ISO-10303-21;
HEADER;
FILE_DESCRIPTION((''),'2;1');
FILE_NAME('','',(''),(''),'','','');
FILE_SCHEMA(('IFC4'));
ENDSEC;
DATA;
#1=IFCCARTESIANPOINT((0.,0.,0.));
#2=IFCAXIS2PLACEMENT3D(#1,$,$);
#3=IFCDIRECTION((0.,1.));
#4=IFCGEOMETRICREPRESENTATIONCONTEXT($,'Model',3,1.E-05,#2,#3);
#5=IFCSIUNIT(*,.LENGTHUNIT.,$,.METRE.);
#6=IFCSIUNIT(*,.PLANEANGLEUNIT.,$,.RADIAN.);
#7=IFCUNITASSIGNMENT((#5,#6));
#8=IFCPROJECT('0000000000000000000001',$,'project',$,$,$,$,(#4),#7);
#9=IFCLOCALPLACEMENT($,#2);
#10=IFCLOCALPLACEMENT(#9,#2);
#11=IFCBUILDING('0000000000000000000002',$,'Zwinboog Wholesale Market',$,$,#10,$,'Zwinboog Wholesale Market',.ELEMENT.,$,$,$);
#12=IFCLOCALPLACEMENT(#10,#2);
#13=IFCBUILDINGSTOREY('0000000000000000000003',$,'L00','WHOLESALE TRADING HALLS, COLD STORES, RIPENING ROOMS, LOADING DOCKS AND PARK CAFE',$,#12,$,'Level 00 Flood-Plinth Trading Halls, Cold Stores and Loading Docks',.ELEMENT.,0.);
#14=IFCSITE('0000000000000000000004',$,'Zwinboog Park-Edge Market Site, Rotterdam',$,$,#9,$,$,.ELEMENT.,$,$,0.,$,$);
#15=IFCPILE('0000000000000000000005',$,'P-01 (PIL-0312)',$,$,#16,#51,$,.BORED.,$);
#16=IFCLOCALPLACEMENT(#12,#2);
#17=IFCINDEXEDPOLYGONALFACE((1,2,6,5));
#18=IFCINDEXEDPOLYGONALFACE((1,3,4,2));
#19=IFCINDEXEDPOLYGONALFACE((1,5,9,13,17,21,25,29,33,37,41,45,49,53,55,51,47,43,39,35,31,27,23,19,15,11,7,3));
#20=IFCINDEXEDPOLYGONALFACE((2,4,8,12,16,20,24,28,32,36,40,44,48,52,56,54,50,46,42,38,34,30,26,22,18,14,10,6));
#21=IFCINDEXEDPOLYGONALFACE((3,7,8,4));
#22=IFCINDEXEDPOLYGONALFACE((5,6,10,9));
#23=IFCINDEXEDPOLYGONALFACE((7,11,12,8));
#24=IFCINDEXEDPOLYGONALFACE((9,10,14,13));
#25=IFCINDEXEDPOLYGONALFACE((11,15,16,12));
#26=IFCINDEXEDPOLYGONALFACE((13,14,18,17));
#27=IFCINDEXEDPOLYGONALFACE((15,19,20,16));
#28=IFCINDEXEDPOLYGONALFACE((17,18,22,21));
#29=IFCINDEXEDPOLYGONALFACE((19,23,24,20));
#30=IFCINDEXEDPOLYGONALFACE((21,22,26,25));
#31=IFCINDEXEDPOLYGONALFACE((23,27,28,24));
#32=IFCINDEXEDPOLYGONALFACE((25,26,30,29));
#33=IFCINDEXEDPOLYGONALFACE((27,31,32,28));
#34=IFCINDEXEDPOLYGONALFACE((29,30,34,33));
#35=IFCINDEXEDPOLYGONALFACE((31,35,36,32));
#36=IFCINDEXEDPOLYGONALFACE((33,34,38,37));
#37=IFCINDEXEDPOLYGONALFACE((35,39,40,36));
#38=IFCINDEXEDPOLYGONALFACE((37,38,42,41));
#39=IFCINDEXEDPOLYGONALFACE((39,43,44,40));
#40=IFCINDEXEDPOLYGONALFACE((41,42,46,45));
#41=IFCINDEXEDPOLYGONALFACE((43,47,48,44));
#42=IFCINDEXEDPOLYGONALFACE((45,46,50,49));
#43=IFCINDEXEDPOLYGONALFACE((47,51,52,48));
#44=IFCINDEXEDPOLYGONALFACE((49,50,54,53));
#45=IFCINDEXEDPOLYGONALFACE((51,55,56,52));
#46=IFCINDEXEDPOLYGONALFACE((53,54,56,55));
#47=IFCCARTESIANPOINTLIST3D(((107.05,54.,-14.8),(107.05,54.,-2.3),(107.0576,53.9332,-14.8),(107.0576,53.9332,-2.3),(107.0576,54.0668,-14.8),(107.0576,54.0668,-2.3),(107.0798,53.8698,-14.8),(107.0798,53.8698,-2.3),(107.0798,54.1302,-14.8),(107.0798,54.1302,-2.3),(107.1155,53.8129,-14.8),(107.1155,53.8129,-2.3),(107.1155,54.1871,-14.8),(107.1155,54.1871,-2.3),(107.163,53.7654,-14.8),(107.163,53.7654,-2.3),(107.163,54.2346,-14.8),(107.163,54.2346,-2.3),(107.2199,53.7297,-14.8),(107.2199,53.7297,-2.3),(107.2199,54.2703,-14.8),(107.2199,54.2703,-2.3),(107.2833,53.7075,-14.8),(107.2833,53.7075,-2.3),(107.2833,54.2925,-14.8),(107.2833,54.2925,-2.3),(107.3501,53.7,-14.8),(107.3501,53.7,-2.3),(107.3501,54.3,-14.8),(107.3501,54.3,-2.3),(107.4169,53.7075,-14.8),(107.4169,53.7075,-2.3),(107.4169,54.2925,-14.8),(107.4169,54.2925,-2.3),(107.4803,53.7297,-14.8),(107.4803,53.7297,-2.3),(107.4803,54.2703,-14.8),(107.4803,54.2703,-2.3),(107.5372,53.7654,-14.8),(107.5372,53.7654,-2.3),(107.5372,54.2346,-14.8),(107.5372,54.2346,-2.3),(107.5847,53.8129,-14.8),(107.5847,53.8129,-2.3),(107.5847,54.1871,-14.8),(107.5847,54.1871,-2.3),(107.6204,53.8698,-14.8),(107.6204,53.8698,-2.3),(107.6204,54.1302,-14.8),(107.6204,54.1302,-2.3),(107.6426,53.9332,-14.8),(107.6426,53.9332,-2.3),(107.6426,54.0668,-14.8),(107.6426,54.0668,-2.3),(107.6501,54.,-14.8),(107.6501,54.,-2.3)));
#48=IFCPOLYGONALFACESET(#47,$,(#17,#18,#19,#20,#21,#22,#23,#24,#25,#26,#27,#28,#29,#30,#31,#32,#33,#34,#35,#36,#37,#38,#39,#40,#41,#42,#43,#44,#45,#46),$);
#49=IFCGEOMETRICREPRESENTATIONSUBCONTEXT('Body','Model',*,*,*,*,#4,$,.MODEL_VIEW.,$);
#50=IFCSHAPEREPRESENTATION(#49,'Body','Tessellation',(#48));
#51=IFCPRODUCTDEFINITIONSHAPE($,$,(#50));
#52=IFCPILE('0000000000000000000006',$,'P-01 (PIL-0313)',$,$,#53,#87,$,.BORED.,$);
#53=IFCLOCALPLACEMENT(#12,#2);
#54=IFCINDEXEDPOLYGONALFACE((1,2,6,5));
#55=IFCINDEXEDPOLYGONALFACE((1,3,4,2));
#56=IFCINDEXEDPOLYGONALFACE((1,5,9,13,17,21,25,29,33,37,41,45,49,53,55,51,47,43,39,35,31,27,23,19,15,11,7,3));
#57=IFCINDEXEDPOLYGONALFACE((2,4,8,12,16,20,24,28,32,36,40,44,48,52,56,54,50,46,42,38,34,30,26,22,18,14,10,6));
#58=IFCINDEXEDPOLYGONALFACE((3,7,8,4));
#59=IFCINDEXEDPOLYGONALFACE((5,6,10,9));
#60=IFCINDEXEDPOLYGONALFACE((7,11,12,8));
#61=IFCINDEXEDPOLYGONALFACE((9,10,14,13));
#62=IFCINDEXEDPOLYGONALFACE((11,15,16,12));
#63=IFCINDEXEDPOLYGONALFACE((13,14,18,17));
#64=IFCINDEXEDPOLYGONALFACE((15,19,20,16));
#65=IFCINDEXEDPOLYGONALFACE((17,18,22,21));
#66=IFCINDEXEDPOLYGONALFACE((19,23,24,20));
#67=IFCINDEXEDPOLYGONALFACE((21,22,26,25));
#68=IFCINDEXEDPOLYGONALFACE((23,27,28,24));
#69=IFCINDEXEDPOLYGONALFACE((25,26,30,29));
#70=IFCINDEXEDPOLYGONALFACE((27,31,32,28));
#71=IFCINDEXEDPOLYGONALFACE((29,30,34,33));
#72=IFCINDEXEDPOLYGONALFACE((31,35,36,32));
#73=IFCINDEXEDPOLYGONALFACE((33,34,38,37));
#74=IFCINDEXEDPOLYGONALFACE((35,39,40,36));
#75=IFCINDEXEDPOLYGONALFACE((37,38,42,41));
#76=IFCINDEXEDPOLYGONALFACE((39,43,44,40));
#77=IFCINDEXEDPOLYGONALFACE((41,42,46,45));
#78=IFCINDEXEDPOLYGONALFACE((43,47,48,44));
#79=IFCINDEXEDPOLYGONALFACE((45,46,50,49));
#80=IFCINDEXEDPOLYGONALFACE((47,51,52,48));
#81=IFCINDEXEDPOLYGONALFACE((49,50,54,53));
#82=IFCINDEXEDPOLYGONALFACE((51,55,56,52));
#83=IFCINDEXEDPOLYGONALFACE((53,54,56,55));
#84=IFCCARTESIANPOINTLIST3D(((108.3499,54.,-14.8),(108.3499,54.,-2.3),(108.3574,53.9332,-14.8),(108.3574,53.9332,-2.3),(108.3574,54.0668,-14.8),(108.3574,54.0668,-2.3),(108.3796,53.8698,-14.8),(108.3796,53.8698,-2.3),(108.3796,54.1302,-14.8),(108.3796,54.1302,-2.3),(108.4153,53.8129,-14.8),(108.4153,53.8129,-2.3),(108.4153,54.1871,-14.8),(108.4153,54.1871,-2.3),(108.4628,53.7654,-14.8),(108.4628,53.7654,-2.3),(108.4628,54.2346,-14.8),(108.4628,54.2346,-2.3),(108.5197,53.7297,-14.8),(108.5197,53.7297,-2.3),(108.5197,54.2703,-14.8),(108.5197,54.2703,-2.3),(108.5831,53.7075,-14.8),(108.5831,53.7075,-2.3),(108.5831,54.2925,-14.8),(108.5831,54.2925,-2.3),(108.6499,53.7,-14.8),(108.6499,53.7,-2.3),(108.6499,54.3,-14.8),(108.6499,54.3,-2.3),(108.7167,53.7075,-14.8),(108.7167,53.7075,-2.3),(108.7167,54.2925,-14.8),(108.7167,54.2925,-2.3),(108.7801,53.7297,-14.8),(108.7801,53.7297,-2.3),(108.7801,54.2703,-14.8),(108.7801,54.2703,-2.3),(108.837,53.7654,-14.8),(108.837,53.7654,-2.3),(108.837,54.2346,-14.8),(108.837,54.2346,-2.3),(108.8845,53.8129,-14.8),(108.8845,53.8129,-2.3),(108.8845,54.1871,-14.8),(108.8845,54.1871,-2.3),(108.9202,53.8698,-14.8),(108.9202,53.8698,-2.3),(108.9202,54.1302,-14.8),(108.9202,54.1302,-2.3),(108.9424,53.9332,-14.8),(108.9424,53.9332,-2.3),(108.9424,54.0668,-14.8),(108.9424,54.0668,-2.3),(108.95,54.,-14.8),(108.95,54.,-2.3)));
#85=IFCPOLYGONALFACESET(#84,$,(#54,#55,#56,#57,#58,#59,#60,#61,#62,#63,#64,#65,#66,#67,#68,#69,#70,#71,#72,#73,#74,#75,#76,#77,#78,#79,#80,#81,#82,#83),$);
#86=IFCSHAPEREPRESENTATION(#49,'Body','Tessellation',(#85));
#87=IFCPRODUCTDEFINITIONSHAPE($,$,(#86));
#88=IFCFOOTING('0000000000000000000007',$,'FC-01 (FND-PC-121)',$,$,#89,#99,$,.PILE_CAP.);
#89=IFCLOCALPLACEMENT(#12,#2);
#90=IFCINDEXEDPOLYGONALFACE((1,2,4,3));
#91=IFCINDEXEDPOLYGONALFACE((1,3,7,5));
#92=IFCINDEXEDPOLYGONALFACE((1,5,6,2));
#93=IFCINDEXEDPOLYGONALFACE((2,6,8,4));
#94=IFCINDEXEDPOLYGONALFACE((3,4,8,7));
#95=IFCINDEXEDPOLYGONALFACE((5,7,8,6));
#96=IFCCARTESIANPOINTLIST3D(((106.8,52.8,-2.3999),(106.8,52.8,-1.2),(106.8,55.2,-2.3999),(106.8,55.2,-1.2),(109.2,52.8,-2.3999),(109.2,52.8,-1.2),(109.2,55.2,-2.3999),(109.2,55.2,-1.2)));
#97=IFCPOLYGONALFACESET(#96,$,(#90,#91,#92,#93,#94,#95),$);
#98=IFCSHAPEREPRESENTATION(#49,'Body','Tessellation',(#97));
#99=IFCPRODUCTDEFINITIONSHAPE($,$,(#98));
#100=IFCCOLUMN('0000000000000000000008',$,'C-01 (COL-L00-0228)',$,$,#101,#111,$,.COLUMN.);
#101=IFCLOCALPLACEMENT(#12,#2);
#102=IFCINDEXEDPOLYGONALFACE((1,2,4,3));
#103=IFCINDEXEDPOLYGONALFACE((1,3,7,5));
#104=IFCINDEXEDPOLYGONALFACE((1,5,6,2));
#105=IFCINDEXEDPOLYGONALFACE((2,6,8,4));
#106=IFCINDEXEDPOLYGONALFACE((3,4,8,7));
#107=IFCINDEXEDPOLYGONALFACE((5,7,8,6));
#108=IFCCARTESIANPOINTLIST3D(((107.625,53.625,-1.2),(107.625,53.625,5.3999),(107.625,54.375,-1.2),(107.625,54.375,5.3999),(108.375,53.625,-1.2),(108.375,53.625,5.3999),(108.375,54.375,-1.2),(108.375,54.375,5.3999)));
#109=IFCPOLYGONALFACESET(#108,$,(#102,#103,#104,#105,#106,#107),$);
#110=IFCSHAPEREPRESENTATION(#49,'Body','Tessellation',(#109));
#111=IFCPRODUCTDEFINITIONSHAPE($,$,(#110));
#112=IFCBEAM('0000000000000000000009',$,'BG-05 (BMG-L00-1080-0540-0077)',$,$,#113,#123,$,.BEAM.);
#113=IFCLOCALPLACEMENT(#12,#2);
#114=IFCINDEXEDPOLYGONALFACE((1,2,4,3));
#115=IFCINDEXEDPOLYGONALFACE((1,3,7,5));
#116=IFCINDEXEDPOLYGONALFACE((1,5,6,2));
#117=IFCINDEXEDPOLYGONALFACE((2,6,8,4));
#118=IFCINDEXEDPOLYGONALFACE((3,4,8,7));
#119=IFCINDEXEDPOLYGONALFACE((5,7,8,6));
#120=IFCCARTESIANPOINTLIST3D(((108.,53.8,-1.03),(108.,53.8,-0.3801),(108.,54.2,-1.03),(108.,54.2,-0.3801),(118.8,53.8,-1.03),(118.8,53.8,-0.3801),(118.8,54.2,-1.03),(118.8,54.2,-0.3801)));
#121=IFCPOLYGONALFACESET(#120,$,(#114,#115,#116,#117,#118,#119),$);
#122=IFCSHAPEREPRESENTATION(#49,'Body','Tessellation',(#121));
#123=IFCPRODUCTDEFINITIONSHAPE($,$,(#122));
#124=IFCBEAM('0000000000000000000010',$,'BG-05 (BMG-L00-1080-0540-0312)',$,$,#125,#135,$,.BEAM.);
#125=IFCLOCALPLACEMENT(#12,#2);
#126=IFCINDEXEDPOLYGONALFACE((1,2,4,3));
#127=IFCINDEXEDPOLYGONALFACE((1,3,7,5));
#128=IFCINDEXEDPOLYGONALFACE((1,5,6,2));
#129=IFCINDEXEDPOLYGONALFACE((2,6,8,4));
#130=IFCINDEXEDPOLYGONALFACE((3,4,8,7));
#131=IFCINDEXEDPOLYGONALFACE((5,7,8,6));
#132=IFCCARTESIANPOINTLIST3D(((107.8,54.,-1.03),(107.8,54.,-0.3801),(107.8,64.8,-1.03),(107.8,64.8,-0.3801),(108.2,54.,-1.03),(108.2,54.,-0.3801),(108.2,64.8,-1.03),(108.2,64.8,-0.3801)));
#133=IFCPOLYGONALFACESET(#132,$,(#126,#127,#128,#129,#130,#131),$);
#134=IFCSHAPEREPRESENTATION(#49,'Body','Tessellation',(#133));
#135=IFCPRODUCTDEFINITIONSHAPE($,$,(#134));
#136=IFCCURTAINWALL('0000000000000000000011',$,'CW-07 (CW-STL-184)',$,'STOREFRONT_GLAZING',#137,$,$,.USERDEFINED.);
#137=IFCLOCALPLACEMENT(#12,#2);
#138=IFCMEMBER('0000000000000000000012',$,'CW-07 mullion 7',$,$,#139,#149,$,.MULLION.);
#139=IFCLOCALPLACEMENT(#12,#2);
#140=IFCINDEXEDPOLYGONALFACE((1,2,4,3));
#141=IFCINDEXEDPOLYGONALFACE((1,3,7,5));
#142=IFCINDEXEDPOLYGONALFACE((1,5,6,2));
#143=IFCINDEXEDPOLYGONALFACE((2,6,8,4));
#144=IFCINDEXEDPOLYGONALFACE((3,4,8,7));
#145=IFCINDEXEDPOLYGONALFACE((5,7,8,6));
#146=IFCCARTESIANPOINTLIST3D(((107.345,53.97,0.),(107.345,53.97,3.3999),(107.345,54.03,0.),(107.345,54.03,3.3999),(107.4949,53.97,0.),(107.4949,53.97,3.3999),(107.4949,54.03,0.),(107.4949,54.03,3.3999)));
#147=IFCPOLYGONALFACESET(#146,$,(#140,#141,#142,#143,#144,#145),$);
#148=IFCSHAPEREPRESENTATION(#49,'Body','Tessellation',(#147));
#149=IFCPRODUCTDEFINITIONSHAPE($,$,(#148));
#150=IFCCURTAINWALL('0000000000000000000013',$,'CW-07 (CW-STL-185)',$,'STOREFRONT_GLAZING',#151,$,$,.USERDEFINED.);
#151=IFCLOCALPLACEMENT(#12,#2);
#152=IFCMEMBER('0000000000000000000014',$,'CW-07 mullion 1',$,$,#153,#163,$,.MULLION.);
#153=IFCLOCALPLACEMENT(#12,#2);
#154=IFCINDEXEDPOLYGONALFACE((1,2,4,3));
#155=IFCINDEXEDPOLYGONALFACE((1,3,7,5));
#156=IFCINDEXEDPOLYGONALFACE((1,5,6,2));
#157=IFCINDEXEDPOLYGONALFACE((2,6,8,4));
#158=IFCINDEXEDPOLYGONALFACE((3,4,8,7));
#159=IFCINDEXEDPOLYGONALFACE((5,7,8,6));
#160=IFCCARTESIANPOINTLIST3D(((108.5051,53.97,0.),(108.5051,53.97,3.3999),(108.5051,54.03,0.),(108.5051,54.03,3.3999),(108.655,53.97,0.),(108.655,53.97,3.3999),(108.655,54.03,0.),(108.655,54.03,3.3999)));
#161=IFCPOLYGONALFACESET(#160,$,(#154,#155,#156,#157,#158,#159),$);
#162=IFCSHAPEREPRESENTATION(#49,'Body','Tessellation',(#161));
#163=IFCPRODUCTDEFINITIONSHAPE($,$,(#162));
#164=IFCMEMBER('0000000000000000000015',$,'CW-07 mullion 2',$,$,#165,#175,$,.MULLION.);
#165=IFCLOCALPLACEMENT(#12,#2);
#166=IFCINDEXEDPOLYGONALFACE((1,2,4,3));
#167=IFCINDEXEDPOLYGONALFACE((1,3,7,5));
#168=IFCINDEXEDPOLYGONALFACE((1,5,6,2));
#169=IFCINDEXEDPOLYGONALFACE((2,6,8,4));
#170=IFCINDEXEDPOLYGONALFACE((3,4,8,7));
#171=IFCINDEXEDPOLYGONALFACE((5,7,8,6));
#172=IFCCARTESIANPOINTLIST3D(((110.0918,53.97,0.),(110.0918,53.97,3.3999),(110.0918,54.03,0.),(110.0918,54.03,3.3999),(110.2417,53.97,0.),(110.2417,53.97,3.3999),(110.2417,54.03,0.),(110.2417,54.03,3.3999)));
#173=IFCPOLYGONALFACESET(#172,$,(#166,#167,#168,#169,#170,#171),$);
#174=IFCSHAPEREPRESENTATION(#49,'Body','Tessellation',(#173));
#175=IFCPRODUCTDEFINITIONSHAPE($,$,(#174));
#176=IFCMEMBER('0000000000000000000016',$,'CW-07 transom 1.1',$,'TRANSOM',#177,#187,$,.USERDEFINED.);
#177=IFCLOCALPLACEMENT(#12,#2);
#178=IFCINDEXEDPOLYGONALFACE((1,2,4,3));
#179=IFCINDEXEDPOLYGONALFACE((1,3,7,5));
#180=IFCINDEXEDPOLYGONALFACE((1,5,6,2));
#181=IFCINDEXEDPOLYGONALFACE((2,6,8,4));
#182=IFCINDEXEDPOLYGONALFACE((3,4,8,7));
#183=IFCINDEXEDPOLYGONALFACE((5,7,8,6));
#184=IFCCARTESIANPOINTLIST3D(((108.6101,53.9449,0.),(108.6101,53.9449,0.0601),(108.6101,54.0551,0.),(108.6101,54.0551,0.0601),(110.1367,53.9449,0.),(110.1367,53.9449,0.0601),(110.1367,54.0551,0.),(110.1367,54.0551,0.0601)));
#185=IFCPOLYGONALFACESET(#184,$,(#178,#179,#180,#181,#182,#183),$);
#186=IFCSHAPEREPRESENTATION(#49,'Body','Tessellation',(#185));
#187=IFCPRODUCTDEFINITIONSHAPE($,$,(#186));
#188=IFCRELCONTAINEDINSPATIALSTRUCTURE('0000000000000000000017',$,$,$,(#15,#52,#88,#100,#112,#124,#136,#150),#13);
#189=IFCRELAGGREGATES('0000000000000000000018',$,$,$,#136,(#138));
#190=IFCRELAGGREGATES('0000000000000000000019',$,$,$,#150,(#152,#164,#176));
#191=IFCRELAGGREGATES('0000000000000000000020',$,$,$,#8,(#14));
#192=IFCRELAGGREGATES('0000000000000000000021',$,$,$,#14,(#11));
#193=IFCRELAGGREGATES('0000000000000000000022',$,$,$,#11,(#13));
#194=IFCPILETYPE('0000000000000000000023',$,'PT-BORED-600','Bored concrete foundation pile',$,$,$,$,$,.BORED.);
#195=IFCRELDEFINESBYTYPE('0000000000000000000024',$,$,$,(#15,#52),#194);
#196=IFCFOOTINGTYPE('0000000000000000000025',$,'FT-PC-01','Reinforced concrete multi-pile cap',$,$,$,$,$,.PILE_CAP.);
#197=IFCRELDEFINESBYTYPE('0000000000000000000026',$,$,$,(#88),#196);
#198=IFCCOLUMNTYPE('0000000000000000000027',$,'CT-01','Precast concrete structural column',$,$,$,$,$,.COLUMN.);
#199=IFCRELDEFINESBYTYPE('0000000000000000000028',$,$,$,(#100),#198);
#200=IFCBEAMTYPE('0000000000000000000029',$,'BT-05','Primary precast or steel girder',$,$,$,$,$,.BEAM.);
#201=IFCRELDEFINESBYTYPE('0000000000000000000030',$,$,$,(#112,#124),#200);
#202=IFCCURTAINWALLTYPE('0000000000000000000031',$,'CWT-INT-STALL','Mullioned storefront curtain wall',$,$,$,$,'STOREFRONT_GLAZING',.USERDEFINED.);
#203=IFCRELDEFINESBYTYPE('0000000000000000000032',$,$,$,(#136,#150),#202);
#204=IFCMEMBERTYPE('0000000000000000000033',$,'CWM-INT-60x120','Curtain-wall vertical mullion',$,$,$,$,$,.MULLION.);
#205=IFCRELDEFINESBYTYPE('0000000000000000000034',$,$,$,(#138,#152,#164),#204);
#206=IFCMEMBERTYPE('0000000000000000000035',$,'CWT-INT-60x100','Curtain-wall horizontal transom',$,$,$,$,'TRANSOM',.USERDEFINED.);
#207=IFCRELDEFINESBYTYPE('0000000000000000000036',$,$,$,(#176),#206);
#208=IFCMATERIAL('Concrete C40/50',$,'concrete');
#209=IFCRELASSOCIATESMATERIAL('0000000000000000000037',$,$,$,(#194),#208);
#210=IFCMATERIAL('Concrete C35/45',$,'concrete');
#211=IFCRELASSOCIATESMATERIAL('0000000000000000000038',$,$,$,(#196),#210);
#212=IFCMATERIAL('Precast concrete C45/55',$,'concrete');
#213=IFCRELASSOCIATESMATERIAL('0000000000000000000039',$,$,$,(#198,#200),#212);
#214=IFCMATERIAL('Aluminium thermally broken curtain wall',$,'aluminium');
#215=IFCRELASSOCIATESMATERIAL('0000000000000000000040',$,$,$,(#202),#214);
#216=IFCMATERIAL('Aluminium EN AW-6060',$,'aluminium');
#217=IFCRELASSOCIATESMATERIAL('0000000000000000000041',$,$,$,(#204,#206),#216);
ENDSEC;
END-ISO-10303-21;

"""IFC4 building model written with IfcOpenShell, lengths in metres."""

from ifc_helpers import new_model, si_unit, direction, frame, origin, origin_2d, place, context, subcontext, project, spatial, rectangle, circle, extrude, material, material_profile, profile_set, type_object, element, aggregate, save


model = new_model("IFC4")

# Units and contexts
model_context = context("Model", 3, precision=1e-05, world=origin(), true_north=direction((0.0, 1.0)))
body_context = subcontext(model_context, "Body", "Model", "MODEL_VIEW")
ifc_project = project(units=[si_unit("LENGTHUNIT", "METRE"), si_unit("PLANEANGLEUNIT", "RADIAN")], contexts=[model_context])

# Site, building, storey
site_placement = place(None, origin())
site = spatial("IfcSite", under=ifc_project, at=site_placement, Name="Zwinboog Park-Edge Market Site, Rotterdam", CompositionType="ELEMENT", RefElevation=0.0)
building_placement = place(site_placement, origin())
building = spatial("IfcBuilding", under=site, at=building_placement, Name="Zwinboog Wholesale Market", LongName="Zwinboog Wholesale Market", CompositionType="ELEMENT")
storey_placement = place(building_placement, origin())
storey = spatial("IfcBuildingStorey", under=building, at=storey_placement, Name="L00", Description="WHOLESALE TRADING HALLS, COLD STORES, RIPENING ROOMS, LOADING DOCKS AND PARK CAFE", LongName="Level 00 Flood-Plinth Trading Halls, Cold Stores and Loading Docks", CompositionType="ELEMENT", Elevation=0.0)

# Piles
ifc_material_1 = material(Name="Concrete C40/50", Category="concrete")
ifc_material_profile_1 = material_profile(ifc_material_1, circle(Radius=0.3, at=origin_2d()), Name="PILE D600")
ifc_profile_set_1 = profile_set([ifc_material_profile_1], Name="Concrete C40/50")
pile_type = type_object("IfcPileType", Name="PT-BORED-600", Description="Bored concrete foundation pile", PredefinedType="BORED", material=ifc_profile_set_1)
for number, where, z_axis, x_axis, name in (
    (1, (107.3501, 54.0, -2.3), (0.0, 0.0, -1.0), (1.0, 0.0, 0.0), "P-01 (PIL-0312)"),
    (2, (108.6499, 54.0, -2.3), (0.0, 0.0, -1.0), (1.0, 0.0, 0.0), "P-01 (PIL-0313)"),
):
    element("IfcPile", number, at=place(storey_placement, frame(where, z_axis=z_axis, x_axis=x_axis)), inside=storey, type_object=pile_type, Name=name, PredefinedType="BORED", context=body_context, shape_type="SweptSolid", body=[
        extrude(circle(Radius=0.3, at=origin_2d()), origin(), (0.0, 0.0, 1.0), 12.5),
    ])

# Footing
ifc_material_2 = material(Name="Concrete C35/45", Category="concrete")
footing_type = type_object("IfcFootingType", Name="FT-PC-01", Description="Reinforced concrete multi-pile cap", PredefinedType="PILE_CAP", material=ifc_material_2)
footing_placement = place(storey_placement, frame((108.0, 54.0, -2.3999), z_axis=(0.0, 0.0, 1.0), x_axis=(1.0, 0.0, 0.0)))
element("IfcFooting", 3, at=footing_placement, inside=storey, type_object=footing_type, Name="FC-01 (FND-PC-121)", PredefinedType="PILE_CAP", context=body_context, shape_type="SweptSolid", body=[
    extrude(rectangle(XDim=2.3999, YDim=2.3999, at=origin_2d()), origin(), (0.0, 0.0, 1.0), 1.2),
])

# Column
ifc_material_3 = material(Name="Precast concrete C45/55", Category="concrete")
ifc_material_profile_2 = material_profile(ifc_material_3, rectangle(XDim=0.75, YDim=0.75, at=origin_2d()), Name="PC 750x750")
ifc_profile_set_2 = profile_set([ifc_material_profile_2], Name="Precast concrete C45/55")
column_type = type_object("IfcColumnType", Name="CT-01", Description="Precast concrete structural column", PredefinedType="COLUMN", material=ifc_profile_set_2)
column_placement = place(storey_placement, frame((108.0, 54.0, -1.2), z_axis=(0.0, 0.0, 1.0), x_axis=(1.0, 0.0, 0.0)))
element("IfcColumn", 4, at=column_placement, inside=storey, type_object=column_type, Name="C-01 (COL-L00-0228)", PredefinedType="COLUMN", context=body_context, shape_type="SweptSolid", body=[
    extrude(rectangle(XDim=0.75, YDim=0.75, at=origin_2d()), origin(), (0.0, 0.0, 1.0), 6.5999),
])

# Beams
ifc_material_profile_3 = material_profile(ifc_material_3, rectangle(XDim=0.3999, YDim=0.6499, at=origin_2d()), Name="PC 400x650")
ifc_profile_set_3 = profile_set([ifc_material_profile_3], Name="Precast concrete C45/55")
beam_type = type_object("IfcBeamType", Name="BT-05", Description="Primary precast or steel girder", PredefinedType="BEAM", material=ifc_profile_set_3)
for number, where, z_axis, x_axis, name in (
    (5, (108.0, 54.0, -0.7051), (1.0, 0.0, 0.0), (0.0, 1.0, 0.0), "BG-05 (BMG-L00-1080-0540-0077)"),
    (6, (108.0, 54.0, -0.7051), (0.0, 1.0, 0.0), (-1.0, 0.0, 0.0), "BG-05 (BMG-L00-1080-0540-0312)"),
):
    element("IfcBeam", number, at=place(storey_placement, frame(where, z_axis=z_axis, x_axis=x_axis)), inside=storey, type_object=beam_type, Name=name, PredefinedType="BEAM", context=body_context, shape_type="SweptSolid", body=[
        extrude(rectangle(XDim=0.3999, YDim=0.6499, at=origin_2d()), origin(), (0.0, 0.0, 1.0), 10.8),
    ])

# Curtain wall, member
ifc_material_4 = material(Name="Aluminium thermally broken curtain wall", Category="aluminium")
curtain_wall_type = type_object("IfcCurtainWallType", Name="CWT-INT-STALL", Description="Mullioned storefront curtain wall", ElementType="STOREFRONT_GLAZING", PredefinedType="USERDEFINED", material=ifc_material_4)
curtain_wall_1_placement = place(storey_placement, origin())
curtain_wall_1 = element("IfcCurtainWall", 7, at=curtain_wall_1_placement, inside=storey, type_object=curtain_wall_type, Name="CW-07 (CW-STL-184)", ObjectType="STOREFRONT_GLAZING", PredefinedType="USERDEFINED")
ifc_material_5 = material(Name="Aluminium EN AW-6060", Category="aluminium")
ifc_material_profile_4 = material_profile(ifc_material_5, rectangle(XDim=0.0601, YDim=0.1499, at=origin_2d()), Name="AL 60x150")
ifc_profile_set_4 = profile_set([ifc_material_profile_4], Name="Aluminium EN AW-6060")
member_type_1 = type_object("IfcMemberType", Name="CWM-INT-60x120", Description="Curtain-wall vertical mullion", PredefinedType="MULLION", material=ifc_profile_set_4)
member_1_placement = place(storey_placement, frame((107.4199, 54.0, 0.0), z_axis=(0.0, 0.0, 1.0), x_axis=(0.0, 1.0, 0.0)))
member_1 = element("IfcMember", 8, at=member_1_placement, type_object=member_type_1, Name="CW-07 mullion 7", PredefinedType="MULLION", context=body_context, shape_type="SweptSolid", body=[
    extrude(rectangle(XDim=0.0601, YDim=0.1499, at=origin_2d()), origin(), (0.0, 0.0, 1.0), 3.3999),
])

# Curtain wall, members
curtain_wall_2_placement = place(storey_placement, origin())
curtain_wall_2 = element("IfcCurtainWall", 9, at=curtain_wall_2_placement, inside=storey, type_object=curtain_wall_type, Name="CW-07 (CW-STL-185)", ObjectType="STOREFRONT_GLAZING", PredefinedType="USERDEFINED")
member_2_placement = place(storey_placement, frame((108.5801, 54.0, 0.0), z_axis=(0.0, 0.0, 1.0), x_axis=(0.0, 1.0, 0.0)))
member_2 = element("IfcMember", 10, at=member_2_placement, type_object=member_type_1, Name="CW-07 mullion 1", PredefinedType="MULLION", context=body_context, shape_type="SweptSolid", body=[
    extrude(rectangle(XDim=0.0601, YDim=0.1499, at=origin_2d()), origin(), (0.0, 0.0, 1.0), 3.3999),
])
member_3_placement = place(storey_placement, frame((110.1667, 54.0, 0.0), z_axis=(0.0, 0.0, 1.0), x_axis=(0.0, 1.0, 0.0)))
member_3 = element("IfcMember", 11, at=member_3_placement, type_object=member_type_1, Name="CW-07 mullion 2", PredefinedType="MULLION", context=body_context, shape_type="SweptSolid", body=[
    extrude(rectangle(XDim=0.0601, YDim=0.1499, at=origin_2d()), origin(), (0.0, 0.0, 1.0), 3.3999),
])
ifc_material_profile_5 = material_profile(ifc_material_5, rectangle(XDim=0.1101, YDim=0.0601, at=origin_2d()), Name="AL 60x110")
ifc_profile_set_5 = profile_set([ifc_material_profile_5], Name="Aluminium EN AW-6060")
member_type_2 = type_object("IfcMemberType", Name="CWT-INT-60x100", Description="Curtain-wall horizontal transom", ElementType="TRANSOM", PredefinedType="USERDEFINED", material=ifc_profile_set_5)
member_4_placement = place(storey_placement, frame((108.6101, 54.0, 0.03), z_axis=(1.0, 0.0, 0.0), x_axis=(0.0, 1.0, 0.0)))
member_4 = element("IfcMember", 12, at=member_4_placement, type_object=member_type_2, Name="CW-07 transom 1.1", ObjectType="TRANSOM", PredefinedType="USERDEFINED", context=body_context, shape_type="SweptSolid", body=[
    extrude(rectangle(XDim=0.1101, YDim=0.0601, at=origin_2d()), origin(), (0.0, 0.0, 1.0), 1.5266),
])

aggregate(curtain_wall_1, [member_1])
aggregate(curtain_wall_2, [member_2, member_3, member_4])

save(model, "model.ifc")
